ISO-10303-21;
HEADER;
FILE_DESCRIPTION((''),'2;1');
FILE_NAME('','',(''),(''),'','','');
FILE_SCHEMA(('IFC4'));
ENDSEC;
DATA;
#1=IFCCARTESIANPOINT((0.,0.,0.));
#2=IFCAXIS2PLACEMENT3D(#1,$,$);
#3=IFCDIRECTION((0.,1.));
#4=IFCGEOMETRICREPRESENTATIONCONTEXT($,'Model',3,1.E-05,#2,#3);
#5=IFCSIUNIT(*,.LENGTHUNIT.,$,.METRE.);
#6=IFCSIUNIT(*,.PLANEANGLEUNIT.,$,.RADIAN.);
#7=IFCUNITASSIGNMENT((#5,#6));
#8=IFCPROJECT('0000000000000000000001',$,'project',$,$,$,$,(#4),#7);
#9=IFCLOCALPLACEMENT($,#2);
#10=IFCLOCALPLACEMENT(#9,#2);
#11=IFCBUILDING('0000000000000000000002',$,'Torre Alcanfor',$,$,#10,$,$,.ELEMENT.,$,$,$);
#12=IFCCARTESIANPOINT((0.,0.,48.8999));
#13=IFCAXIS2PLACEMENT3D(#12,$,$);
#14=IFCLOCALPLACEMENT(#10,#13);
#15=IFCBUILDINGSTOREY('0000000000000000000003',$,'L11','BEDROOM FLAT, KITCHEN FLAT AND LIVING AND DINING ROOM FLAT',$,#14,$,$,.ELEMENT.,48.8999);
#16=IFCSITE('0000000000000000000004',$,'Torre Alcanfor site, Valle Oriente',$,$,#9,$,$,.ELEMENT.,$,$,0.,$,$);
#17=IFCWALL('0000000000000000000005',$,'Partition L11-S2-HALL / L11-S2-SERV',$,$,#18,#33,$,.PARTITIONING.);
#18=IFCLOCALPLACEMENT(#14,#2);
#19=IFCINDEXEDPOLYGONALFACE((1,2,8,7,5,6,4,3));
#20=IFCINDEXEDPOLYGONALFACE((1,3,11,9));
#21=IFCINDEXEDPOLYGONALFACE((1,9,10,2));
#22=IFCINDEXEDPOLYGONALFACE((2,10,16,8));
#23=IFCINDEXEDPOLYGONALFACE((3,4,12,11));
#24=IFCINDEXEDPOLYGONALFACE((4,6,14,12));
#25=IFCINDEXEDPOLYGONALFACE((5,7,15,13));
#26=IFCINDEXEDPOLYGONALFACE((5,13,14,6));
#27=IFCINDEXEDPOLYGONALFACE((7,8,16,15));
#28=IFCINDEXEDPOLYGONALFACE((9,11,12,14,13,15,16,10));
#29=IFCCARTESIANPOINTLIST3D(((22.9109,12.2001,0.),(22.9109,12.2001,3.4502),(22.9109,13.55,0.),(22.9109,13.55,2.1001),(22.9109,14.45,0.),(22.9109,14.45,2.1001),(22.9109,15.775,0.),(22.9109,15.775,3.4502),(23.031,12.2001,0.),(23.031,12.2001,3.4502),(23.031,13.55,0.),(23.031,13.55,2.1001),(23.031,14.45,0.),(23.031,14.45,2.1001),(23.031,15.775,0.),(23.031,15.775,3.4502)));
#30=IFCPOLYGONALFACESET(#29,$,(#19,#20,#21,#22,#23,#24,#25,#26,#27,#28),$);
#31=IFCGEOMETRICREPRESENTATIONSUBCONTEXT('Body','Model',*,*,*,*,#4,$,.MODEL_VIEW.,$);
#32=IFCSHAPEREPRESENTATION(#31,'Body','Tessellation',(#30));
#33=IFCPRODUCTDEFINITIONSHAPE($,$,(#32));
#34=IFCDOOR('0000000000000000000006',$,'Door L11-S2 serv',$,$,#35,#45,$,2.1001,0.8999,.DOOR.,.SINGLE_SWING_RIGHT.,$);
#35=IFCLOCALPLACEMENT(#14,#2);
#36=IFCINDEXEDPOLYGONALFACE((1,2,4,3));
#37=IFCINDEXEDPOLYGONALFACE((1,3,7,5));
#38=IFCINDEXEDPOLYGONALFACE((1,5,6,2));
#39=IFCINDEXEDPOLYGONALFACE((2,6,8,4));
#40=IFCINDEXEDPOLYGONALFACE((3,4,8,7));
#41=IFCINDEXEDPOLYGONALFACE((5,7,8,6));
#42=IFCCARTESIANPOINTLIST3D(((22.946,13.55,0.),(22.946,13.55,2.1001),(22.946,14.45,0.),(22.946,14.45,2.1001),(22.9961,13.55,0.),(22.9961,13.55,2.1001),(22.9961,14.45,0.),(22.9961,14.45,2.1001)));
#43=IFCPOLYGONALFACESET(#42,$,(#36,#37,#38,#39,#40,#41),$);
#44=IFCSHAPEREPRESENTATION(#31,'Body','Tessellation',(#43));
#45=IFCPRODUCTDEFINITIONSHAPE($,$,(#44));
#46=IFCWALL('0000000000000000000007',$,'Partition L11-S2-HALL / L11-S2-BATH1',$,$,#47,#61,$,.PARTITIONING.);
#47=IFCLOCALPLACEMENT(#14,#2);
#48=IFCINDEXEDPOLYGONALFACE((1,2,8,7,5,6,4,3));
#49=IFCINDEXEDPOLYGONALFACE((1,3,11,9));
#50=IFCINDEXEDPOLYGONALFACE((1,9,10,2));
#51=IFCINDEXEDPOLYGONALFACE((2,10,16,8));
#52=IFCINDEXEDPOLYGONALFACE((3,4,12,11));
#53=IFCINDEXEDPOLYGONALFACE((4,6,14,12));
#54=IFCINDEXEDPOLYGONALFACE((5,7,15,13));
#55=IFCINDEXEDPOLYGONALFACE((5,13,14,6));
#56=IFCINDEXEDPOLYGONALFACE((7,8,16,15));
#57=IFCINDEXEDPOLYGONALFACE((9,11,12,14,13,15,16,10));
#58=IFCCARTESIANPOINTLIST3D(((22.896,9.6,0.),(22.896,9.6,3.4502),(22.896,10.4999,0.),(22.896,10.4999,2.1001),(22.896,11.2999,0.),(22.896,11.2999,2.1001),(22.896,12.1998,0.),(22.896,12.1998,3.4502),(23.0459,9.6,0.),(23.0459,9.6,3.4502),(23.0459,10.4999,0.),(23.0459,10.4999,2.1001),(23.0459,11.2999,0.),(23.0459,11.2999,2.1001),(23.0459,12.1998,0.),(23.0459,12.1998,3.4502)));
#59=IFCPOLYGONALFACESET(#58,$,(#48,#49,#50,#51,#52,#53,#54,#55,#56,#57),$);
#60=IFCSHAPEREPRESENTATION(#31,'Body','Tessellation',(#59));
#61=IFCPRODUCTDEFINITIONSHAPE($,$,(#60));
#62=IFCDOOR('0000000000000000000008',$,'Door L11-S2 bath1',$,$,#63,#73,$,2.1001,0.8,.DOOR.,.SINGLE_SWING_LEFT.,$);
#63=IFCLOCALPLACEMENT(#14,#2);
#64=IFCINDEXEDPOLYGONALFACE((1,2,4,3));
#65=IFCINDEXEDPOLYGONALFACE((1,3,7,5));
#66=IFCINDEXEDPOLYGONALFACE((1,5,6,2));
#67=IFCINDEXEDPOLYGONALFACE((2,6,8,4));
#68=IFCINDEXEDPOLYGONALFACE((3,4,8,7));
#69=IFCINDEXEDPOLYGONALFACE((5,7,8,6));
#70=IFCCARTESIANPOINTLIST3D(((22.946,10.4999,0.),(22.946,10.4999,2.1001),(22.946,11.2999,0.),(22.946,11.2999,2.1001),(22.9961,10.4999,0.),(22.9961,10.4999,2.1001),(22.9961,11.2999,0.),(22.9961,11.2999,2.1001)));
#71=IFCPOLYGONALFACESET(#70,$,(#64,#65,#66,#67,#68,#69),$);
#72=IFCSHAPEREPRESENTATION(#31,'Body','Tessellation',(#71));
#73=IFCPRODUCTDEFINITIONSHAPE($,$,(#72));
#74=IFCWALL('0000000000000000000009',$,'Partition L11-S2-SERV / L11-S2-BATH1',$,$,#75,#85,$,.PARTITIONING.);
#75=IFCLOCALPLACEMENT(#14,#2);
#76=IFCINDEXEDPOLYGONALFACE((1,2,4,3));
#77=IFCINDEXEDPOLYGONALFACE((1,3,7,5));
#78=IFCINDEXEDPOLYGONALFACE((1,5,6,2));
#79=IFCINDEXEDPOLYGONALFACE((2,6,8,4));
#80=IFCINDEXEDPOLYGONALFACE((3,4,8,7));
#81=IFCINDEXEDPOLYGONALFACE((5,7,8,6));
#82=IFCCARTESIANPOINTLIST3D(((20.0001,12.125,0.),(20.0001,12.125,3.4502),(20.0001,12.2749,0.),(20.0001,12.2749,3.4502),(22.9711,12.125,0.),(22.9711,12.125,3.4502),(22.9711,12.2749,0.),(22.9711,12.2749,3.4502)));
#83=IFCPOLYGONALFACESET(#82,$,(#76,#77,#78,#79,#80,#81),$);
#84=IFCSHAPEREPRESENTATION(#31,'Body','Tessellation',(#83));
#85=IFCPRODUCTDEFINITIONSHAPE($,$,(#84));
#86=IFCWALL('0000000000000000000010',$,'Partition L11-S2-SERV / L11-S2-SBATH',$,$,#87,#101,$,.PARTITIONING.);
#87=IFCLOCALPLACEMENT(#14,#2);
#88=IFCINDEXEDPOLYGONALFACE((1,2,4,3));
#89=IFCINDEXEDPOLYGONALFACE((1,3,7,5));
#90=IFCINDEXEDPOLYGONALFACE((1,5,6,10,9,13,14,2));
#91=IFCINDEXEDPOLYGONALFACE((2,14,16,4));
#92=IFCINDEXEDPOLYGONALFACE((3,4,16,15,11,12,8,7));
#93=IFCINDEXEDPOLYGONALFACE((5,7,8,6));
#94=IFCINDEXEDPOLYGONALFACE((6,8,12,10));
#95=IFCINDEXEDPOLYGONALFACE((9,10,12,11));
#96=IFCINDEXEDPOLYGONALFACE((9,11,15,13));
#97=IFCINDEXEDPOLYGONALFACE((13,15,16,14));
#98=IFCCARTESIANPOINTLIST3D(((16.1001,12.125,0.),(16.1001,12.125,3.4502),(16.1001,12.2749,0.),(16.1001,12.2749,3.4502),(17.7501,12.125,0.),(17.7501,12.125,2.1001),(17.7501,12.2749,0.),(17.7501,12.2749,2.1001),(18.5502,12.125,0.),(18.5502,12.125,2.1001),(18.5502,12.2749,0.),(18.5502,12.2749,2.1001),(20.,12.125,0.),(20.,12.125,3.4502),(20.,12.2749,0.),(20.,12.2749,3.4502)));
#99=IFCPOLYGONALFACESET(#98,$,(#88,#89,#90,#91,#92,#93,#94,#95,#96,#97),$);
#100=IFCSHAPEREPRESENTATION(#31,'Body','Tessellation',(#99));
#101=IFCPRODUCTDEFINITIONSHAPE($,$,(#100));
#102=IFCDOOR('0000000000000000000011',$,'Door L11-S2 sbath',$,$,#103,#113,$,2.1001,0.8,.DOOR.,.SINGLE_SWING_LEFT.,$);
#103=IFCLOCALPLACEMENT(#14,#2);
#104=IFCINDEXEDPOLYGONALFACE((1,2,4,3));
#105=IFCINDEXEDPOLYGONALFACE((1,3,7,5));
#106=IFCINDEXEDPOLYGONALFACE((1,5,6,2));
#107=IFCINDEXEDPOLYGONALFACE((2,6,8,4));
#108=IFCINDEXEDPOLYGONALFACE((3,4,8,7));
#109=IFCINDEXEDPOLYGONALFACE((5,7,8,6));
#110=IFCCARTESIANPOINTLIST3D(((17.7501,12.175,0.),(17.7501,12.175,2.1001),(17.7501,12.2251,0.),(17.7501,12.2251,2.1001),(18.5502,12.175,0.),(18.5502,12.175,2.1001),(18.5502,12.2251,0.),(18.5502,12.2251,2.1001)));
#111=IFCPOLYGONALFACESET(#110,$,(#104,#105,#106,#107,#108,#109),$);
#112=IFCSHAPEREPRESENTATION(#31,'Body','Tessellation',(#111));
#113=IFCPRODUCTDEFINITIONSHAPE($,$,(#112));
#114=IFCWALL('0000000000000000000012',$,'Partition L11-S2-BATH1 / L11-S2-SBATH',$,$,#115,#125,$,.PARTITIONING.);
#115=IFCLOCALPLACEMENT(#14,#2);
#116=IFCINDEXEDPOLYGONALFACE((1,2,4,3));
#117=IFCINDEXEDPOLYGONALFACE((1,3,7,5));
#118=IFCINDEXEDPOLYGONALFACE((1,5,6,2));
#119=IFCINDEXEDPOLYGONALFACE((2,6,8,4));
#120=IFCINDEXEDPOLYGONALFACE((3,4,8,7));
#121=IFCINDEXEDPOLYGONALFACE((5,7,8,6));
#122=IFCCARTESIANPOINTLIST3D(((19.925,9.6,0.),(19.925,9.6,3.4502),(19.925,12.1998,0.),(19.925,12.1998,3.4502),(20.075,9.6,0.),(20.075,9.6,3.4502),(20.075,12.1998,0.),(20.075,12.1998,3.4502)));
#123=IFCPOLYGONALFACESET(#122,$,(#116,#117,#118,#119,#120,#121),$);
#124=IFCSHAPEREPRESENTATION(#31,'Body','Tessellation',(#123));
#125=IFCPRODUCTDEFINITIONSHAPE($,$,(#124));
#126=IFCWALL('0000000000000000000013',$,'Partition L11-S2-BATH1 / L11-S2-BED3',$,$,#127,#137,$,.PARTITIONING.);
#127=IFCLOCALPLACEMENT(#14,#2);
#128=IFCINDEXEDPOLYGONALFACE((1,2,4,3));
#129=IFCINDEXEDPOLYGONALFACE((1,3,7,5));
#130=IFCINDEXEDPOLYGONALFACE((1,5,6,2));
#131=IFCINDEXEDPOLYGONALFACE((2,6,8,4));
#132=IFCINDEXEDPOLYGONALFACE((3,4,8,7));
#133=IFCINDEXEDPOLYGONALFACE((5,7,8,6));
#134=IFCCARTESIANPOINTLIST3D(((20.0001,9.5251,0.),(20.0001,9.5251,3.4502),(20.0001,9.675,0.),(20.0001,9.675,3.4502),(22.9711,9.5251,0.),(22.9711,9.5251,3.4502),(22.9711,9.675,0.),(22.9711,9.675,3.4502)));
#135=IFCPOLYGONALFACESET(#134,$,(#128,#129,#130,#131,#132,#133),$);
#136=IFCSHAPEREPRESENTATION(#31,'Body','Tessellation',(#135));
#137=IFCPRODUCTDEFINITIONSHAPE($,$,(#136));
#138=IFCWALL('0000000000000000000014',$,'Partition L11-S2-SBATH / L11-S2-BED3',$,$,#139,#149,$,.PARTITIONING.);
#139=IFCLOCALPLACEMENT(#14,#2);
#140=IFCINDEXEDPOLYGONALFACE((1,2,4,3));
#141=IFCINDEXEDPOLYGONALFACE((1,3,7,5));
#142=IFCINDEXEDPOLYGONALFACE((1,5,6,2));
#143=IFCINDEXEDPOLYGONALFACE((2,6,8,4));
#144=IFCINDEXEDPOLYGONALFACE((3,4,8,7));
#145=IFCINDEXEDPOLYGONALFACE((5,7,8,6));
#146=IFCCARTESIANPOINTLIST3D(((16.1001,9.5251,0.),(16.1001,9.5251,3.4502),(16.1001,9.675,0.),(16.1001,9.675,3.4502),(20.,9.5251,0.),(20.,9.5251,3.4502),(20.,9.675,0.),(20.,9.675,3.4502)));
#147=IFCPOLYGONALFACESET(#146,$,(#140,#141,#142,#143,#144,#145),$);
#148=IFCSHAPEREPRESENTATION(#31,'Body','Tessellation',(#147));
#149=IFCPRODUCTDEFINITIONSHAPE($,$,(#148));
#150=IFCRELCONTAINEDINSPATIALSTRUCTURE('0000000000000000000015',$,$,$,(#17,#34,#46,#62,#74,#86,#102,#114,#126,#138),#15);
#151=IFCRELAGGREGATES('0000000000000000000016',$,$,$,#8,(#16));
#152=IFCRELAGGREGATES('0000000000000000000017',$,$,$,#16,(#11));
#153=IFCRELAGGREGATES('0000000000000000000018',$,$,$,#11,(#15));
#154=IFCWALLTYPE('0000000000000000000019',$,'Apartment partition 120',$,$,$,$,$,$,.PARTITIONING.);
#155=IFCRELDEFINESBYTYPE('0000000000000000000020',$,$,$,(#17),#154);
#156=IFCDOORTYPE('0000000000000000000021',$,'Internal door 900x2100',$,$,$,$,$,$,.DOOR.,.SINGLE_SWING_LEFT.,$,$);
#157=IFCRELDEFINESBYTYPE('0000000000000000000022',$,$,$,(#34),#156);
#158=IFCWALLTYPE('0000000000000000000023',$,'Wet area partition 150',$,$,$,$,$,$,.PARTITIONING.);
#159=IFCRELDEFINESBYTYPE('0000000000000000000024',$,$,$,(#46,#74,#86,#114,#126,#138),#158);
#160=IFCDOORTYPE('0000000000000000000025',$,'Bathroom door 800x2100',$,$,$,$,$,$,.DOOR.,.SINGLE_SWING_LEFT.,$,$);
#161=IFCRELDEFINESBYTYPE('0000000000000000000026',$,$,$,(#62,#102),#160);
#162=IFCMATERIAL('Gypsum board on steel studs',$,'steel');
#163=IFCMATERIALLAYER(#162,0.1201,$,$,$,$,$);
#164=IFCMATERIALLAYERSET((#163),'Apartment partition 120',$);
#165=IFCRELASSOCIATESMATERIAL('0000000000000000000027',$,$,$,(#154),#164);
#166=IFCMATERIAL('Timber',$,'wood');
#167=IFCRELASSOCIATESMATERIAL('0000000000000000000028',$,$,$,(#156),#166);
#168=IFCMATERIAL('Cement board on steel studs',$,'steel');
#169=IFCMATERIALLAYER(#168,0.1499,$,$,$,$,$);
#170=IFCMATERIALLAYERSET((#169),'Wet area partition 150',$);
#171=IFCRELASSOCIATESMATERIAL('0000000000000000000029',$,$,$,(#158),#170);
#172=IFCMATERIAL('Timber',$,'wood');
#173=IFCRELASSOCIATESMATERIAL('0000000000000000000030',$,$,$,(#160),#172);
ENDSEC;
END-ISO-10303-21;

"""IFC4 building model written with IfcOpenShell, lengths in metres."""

from ifc_helpers import new_model, si_unit, direction, frame, frame_2d, origin, place, context, subcontext, project, spatial, rectangle, extrude, material, layer, layer_set, type_object, element, fill, save


model = new_model("IFC4")

# Units and contexts
model_context = context("Model", 3, precision=1e-05, world=origin(), true_north=direction((0.0, 1.0)))
body_context = subcontext(model_context, "Body", "Model", "MODEL_VIEW")
ifc_project = project(units=[si_unit("LENGTHUNIT", "METRE"), si_unit("PLANEANGLEUNIT", "RADIAN")], contexts=[model_context])

# Site, building, storey
site_placement = place(None, origin())
site = spatial("IfcSite", under=ifc_project, at=site_placement, Name="Torre Alcanfor site, Valle Oriente", CompositionType="ELEMENT", RefElevation=0.0)
building_placement = place(site_placement, origin())
building = spatial("IfcBuilding", under=site, at=building_placement, Name="Torre Alcanfor", CompositionType="ELEMENT")
storey_placement = place(building_placement, frame((0.0, 0.0, 48.8999)))
storey = spatial("IfcBuildingStorey", under=building, at=storey_placement, Name="L11", Description="BEDROOM FLAT, KITCHEN FLAT AND LIVING AND DINING ROOM FLAT", CompositionType="ELEMENT", Elevation=48.8999)

# Walls, openings, doors
ifc_material_1 = material(Name="Gypsum board on steel studs", Category="steel")
ifc_layer_1 = layer(ifc_material_1, 0.1201)
ifc_layer_set_1 = layer_set([ifc_layer_1], Name="Apartment partition 120")
wall_type_1 = type_object("IfcWallType", Name="Apartment partition 120", PredefinedType="PARTITIONING", material=ifc_layer_set_1)
ifc_material_2 = material(Name="Timber", Category="wood")
door_type_1 = type_object("IfcDoorType", Name="Internal door 900x2100", OperationType="SINGLE_SWING_LEFT", PredefinedType="DOOR", material=ifc_material_2)
wall_1_placement = place(storey_placement, frame((22.9709, 12.2, 0.0), z_axis=(0.0, 0.0, 1.0), x_axis=(0.0, 1.0, 0.0)))
wall_1 = element("IfcWall", 1, at=wall_1_placement, inside=storey, type_object=wall_type_1, Name="Partition L11-S2-HALL / L11-S2-SERV", PredefinedType="PARTITIONING", context=body_context, shape_type="SweptSolid", body=[
    extrude(rectangle(XDim=3.575, YDim=0.1201, at=frame_2d((1.7876, 0.0))), origin(), (0.0, 0.0, 1.0), 3.4502),
])
opening_1_placement = place(wall_1_placement, frame((1.3501, 0.0, 0.0)))
opening_1 = element("IfcOpeningElement", 2, at=opening_1_placement, cuts=wall_1, PredefinedType="OPENING", context=body_context, shape_type="SweptSolid", body=[
    extrude(rectangle(XDim=0.8999, YDim=2.1001, at=frame_2d((0.45, 1.05))), frame((0.0, 0.0701, 0.0), z_axis=(0.0, -1.0, 0.0), x_axis=(1.0, 0.0, 0.0)), (0.0, 0.0, 1.0), 0.1401),
])
door_1_placement = place(opening_1_placement, origin())
door_1 = element("IfcDoor", 3, at=door_1_placement, inside=storey, type_object=door_type_1, Name="Door L11-S2 serv", OperationType="SINGLE_SWING_RIGHT", OverallHeight=2.1001, OverallWidth=0.8999, PredefinedType="DOOR", context=body_context, shape_type="SweptSolid", body=[
    extrude(rectangle(XDim=0.8999, YDim=2.1001, at=frame_2d((0.45, 1.05))), frame((0.0, 0.0249, 0.0), z_axis=(0.0, -1.0, 0.0), x_axis=(1.0, 0.0, 0.0)), (0.0, 0.0, 1.0), 0.05),
])
fill(opening_1, door_1)
ifc_material_3 = material(Name="Cement board on steel studs", Category="steel")
ifc_layer_2 = layer(ifc_material_3, 0.1499)
ifc_layer_set_2 = layer_set([ifc_layer_2], Name="Wet area partition 150")
wall_type_2 = type_object("IfcWallType", Name="Wet area partition 150", PredefinedType="PARTITIONING", material=ifc_layer_set_2)
wall_2_placement = place(storey_placement, frame((22.9709, 9.6001, 0.0), z_axis=(0.0, 0.0, 1.0), x_axis=(0.0, 1.0, 0.0)))
wall_2 = element("IfcWall", 4, at=wall_2_placement, inside=storey, type_object=wall_type_2, Name="Partition L11-S2-HALL / L11-S2-BATH1", PredefinedType="PARTITIONING", context=body_context, shape_type="SweptSolid", body=[
    extrude(rectangle(XDim=2.5999, YDim=0.1499, at=frame_2d((1.2998, 0.0))), origin(), (0.0, 0.0, 1.0), 3.4502),
])
opening_2_placement = place(wall_2_placement, frame((0.8999, 0.0, 0.0)))
opening_2 = element("IfcOpeningElement", 5, at=opening_2_placement, cuts=wall_2, PredefinedType="OPENING", context=body_context, shape_type="SweptSolid", body=[
    extrude(rectangle(XDim=0.8, YDim=2.1001, at=frame_2d((0.3999, 1.05))), frame((0.0, 0.085, 0.0), z_axis=(0.0, -1.0, 0.0), x_axis=(1.0, 0.0, 0.0)), (0.0, 0.0, 1.0), 0.1699),
])
ifc_material_4 = material(Name="Timber", Category="wood")
door_type_2 = type_object("IfcDoorType", Name="Bathroom door 800x2100", OperationType="SINGLE_SWING_LEFT", PredefinedType="DOOR", material=ifc_material_4)
door_2_placement = place(opening_2_placement, origin())
door_2 = element("IfcDoor", 6, at=door_2_placement, inside=storey, type_object=door_type_2, Name="Door L11-S2 bath1", OperationType="SINGLE_SWING_LEFT", OverallHeight=2.1001, OverallWidth=0.8, PredefinedType="DOOR", context=body_context, shape_type="SweptSolid", body=[
    extrude(rectangle(XDim=0.8, YDim=2.1001, at=frame_2d((0.3999, 1.05))), frame((0.0, 0.0249, 0.0), z_axis=(0.0, -1.0, 0.0), x_axis=(1.0, 0.0, 0.0)), (0.0, 0.0, 1.0), 0.05),
])
fill(opening_2, door_2)

# Wall
wall_3_placement = place(storey_placement, frame((22.9709, 12.2, 0.0), z_axis=(0.0, 0.0, 1.0), x_axis=(-1.0, 0.0, 0.0)))
element("IfcWall", 7, at=wall_3_placement, inside=storey, type_object=wall_type_2, Name="Partition L11-S2-SERV / L11-S2-BATH1", PredefinedType="PARTITIONING", context=body_context, shape_type="SweptSolid", body=[
    extrude(rectangle(XDim=2.9709, YDim=0.1499, at=frame_2d((1.4854, 0.0))), origin(), (0.0, 0.0, 1.0), 3.4502),
])

# Wall, opening, door
wall_4_placement = place(storey_placement, frame((20.0, 12.2, 0.0), z_axis=(0.0, 0.0, 1.0), x_axis=(-1.0, 0.0, 0.0)))
wall_4 = element("IfcWall", 8, at=wall_4_placement, inside=storey, type_object=wall_type_2, Name="Partition L11-S2-SERV / L11-S2-SBATH", PredefinedType="PARTITIONING", context=body_context, shape_type="SweptSolid", body=[
    extrude(rectangle(XDim=3.8999, YDim=0.1499, at=frame_2d((1.95, 0.0))), origin(), (0.0, 0.0, 1.0), 3.4502),
])
opening_3_placement = place(wall_4_placement, frame((1.45, 0.0, 0.0)))
opening_3 = element("IfcOpeningElement", 9, at=opening_3_placement, cuts=wall_4, PredefinedType="OPENING", context=body_context, shape_type="SweptSolid", body=[
    extrude(rectangle(XDim=0.8, YDim=2.1001, at=frame_2d((0.3999, 1.05))), frame((0.0, 0.085, 0.0), z_axis=(0.0, -1.0, 0.0), x_axis=(1.0, 0.0, 0.0)), (0.0, 0.0, 1.0), 0.1699),
])
door_3_placement = place(opening_3_placement, origin())
door_3 = element("IfcDoor", 10, at=door_3_placement, inside=storey, type_object=door_type_2, Name="Door L11-S2 sbath", OperationType="SINGLE_SWING_LEFT", OverallHeight=2.1001, OverallWidth=0.8, PredefinedType="DOOR", context=body_context, shape_type="SweptSolid", body=[
    extrude(rectangle(XDim=0.8, YDim=2.1001, at=frame_2d((0.3999, 1.05))), frame((0.0, 0.0249, 0.0), z_axis=(0.0, -1.0, 0.0), x_axis=(1.0, 0.0, 0.0)), (0.0, 0.0, 1.0), 0.05),
])
fill(opening_3, door_3)

# Walls
wall_5_placement = place(storey_placement, frame((20.0, 9.6001, 0.0), z_axis=(0.0, 0.0, 1.0), x_axis=(0.0, 1.0, 0.0)))
element("IfcWall", 11, at=wall_5_placement, inside=storey, type_object=wall_type_2, Name="Partition L11-S2-BATH1 / L11-S2-SBATH", PredefinedType="PARTITIONING", context=body_context, shape_type="SweptSolid", body=[
    extrude(rectangle(XDim=2.5999, YDim=0.1499, at=frame_2d((1.2998, 0.0))), origin(), (0.0, 0.0, 1.0), 3.4502),
])
wall_6_placement = place(storey_placement, frame((22.9709, 9.6001, 0.0), z_axis=(0.0, 0.0, 1.0), x_axis=(-1.0, 0.0, 0.0)))
element("IfcWall", 12, at=wall_6_placement, inside=storey, type_object=wall_type_2, Name="Partition L11-S2-BATH1 / L11-S2-BED3", PredefinedType="PARTITIONING", context=body_context, shape_type="SweptSolid", body=[
    extrude(rectangle(XDim=2.9709, YDim=0.1499, at=frame_2d((1.4854, 0.0))), origin(), (0.0, 0.0, 1.0), 3.4502),
])
wall_7_placement = place(storey_placement, frame((20.0, 9.6001, 0.0), z_axis=(0.0, 0.0, 1.0), x_axis=(-1.0, 0.0, 0.0)))
element("IfcWall", 13, at=wall_7_placement, inside=storey, type_object=wall_type_2, Name="Partition L11-S2-SBATH / L11-S2-BED3", PredefinedType="PARTITIONING", context=body_context, shape_type="SweptSolid", body=[
    extrude(rectangle(XDim=3.8999, YDim=0.1499, at=frame_2d((1.95, 0.0))), origin(), (0.0, 0.0, 1.0), 3.4502),
])

save(model, "model.ifc")
